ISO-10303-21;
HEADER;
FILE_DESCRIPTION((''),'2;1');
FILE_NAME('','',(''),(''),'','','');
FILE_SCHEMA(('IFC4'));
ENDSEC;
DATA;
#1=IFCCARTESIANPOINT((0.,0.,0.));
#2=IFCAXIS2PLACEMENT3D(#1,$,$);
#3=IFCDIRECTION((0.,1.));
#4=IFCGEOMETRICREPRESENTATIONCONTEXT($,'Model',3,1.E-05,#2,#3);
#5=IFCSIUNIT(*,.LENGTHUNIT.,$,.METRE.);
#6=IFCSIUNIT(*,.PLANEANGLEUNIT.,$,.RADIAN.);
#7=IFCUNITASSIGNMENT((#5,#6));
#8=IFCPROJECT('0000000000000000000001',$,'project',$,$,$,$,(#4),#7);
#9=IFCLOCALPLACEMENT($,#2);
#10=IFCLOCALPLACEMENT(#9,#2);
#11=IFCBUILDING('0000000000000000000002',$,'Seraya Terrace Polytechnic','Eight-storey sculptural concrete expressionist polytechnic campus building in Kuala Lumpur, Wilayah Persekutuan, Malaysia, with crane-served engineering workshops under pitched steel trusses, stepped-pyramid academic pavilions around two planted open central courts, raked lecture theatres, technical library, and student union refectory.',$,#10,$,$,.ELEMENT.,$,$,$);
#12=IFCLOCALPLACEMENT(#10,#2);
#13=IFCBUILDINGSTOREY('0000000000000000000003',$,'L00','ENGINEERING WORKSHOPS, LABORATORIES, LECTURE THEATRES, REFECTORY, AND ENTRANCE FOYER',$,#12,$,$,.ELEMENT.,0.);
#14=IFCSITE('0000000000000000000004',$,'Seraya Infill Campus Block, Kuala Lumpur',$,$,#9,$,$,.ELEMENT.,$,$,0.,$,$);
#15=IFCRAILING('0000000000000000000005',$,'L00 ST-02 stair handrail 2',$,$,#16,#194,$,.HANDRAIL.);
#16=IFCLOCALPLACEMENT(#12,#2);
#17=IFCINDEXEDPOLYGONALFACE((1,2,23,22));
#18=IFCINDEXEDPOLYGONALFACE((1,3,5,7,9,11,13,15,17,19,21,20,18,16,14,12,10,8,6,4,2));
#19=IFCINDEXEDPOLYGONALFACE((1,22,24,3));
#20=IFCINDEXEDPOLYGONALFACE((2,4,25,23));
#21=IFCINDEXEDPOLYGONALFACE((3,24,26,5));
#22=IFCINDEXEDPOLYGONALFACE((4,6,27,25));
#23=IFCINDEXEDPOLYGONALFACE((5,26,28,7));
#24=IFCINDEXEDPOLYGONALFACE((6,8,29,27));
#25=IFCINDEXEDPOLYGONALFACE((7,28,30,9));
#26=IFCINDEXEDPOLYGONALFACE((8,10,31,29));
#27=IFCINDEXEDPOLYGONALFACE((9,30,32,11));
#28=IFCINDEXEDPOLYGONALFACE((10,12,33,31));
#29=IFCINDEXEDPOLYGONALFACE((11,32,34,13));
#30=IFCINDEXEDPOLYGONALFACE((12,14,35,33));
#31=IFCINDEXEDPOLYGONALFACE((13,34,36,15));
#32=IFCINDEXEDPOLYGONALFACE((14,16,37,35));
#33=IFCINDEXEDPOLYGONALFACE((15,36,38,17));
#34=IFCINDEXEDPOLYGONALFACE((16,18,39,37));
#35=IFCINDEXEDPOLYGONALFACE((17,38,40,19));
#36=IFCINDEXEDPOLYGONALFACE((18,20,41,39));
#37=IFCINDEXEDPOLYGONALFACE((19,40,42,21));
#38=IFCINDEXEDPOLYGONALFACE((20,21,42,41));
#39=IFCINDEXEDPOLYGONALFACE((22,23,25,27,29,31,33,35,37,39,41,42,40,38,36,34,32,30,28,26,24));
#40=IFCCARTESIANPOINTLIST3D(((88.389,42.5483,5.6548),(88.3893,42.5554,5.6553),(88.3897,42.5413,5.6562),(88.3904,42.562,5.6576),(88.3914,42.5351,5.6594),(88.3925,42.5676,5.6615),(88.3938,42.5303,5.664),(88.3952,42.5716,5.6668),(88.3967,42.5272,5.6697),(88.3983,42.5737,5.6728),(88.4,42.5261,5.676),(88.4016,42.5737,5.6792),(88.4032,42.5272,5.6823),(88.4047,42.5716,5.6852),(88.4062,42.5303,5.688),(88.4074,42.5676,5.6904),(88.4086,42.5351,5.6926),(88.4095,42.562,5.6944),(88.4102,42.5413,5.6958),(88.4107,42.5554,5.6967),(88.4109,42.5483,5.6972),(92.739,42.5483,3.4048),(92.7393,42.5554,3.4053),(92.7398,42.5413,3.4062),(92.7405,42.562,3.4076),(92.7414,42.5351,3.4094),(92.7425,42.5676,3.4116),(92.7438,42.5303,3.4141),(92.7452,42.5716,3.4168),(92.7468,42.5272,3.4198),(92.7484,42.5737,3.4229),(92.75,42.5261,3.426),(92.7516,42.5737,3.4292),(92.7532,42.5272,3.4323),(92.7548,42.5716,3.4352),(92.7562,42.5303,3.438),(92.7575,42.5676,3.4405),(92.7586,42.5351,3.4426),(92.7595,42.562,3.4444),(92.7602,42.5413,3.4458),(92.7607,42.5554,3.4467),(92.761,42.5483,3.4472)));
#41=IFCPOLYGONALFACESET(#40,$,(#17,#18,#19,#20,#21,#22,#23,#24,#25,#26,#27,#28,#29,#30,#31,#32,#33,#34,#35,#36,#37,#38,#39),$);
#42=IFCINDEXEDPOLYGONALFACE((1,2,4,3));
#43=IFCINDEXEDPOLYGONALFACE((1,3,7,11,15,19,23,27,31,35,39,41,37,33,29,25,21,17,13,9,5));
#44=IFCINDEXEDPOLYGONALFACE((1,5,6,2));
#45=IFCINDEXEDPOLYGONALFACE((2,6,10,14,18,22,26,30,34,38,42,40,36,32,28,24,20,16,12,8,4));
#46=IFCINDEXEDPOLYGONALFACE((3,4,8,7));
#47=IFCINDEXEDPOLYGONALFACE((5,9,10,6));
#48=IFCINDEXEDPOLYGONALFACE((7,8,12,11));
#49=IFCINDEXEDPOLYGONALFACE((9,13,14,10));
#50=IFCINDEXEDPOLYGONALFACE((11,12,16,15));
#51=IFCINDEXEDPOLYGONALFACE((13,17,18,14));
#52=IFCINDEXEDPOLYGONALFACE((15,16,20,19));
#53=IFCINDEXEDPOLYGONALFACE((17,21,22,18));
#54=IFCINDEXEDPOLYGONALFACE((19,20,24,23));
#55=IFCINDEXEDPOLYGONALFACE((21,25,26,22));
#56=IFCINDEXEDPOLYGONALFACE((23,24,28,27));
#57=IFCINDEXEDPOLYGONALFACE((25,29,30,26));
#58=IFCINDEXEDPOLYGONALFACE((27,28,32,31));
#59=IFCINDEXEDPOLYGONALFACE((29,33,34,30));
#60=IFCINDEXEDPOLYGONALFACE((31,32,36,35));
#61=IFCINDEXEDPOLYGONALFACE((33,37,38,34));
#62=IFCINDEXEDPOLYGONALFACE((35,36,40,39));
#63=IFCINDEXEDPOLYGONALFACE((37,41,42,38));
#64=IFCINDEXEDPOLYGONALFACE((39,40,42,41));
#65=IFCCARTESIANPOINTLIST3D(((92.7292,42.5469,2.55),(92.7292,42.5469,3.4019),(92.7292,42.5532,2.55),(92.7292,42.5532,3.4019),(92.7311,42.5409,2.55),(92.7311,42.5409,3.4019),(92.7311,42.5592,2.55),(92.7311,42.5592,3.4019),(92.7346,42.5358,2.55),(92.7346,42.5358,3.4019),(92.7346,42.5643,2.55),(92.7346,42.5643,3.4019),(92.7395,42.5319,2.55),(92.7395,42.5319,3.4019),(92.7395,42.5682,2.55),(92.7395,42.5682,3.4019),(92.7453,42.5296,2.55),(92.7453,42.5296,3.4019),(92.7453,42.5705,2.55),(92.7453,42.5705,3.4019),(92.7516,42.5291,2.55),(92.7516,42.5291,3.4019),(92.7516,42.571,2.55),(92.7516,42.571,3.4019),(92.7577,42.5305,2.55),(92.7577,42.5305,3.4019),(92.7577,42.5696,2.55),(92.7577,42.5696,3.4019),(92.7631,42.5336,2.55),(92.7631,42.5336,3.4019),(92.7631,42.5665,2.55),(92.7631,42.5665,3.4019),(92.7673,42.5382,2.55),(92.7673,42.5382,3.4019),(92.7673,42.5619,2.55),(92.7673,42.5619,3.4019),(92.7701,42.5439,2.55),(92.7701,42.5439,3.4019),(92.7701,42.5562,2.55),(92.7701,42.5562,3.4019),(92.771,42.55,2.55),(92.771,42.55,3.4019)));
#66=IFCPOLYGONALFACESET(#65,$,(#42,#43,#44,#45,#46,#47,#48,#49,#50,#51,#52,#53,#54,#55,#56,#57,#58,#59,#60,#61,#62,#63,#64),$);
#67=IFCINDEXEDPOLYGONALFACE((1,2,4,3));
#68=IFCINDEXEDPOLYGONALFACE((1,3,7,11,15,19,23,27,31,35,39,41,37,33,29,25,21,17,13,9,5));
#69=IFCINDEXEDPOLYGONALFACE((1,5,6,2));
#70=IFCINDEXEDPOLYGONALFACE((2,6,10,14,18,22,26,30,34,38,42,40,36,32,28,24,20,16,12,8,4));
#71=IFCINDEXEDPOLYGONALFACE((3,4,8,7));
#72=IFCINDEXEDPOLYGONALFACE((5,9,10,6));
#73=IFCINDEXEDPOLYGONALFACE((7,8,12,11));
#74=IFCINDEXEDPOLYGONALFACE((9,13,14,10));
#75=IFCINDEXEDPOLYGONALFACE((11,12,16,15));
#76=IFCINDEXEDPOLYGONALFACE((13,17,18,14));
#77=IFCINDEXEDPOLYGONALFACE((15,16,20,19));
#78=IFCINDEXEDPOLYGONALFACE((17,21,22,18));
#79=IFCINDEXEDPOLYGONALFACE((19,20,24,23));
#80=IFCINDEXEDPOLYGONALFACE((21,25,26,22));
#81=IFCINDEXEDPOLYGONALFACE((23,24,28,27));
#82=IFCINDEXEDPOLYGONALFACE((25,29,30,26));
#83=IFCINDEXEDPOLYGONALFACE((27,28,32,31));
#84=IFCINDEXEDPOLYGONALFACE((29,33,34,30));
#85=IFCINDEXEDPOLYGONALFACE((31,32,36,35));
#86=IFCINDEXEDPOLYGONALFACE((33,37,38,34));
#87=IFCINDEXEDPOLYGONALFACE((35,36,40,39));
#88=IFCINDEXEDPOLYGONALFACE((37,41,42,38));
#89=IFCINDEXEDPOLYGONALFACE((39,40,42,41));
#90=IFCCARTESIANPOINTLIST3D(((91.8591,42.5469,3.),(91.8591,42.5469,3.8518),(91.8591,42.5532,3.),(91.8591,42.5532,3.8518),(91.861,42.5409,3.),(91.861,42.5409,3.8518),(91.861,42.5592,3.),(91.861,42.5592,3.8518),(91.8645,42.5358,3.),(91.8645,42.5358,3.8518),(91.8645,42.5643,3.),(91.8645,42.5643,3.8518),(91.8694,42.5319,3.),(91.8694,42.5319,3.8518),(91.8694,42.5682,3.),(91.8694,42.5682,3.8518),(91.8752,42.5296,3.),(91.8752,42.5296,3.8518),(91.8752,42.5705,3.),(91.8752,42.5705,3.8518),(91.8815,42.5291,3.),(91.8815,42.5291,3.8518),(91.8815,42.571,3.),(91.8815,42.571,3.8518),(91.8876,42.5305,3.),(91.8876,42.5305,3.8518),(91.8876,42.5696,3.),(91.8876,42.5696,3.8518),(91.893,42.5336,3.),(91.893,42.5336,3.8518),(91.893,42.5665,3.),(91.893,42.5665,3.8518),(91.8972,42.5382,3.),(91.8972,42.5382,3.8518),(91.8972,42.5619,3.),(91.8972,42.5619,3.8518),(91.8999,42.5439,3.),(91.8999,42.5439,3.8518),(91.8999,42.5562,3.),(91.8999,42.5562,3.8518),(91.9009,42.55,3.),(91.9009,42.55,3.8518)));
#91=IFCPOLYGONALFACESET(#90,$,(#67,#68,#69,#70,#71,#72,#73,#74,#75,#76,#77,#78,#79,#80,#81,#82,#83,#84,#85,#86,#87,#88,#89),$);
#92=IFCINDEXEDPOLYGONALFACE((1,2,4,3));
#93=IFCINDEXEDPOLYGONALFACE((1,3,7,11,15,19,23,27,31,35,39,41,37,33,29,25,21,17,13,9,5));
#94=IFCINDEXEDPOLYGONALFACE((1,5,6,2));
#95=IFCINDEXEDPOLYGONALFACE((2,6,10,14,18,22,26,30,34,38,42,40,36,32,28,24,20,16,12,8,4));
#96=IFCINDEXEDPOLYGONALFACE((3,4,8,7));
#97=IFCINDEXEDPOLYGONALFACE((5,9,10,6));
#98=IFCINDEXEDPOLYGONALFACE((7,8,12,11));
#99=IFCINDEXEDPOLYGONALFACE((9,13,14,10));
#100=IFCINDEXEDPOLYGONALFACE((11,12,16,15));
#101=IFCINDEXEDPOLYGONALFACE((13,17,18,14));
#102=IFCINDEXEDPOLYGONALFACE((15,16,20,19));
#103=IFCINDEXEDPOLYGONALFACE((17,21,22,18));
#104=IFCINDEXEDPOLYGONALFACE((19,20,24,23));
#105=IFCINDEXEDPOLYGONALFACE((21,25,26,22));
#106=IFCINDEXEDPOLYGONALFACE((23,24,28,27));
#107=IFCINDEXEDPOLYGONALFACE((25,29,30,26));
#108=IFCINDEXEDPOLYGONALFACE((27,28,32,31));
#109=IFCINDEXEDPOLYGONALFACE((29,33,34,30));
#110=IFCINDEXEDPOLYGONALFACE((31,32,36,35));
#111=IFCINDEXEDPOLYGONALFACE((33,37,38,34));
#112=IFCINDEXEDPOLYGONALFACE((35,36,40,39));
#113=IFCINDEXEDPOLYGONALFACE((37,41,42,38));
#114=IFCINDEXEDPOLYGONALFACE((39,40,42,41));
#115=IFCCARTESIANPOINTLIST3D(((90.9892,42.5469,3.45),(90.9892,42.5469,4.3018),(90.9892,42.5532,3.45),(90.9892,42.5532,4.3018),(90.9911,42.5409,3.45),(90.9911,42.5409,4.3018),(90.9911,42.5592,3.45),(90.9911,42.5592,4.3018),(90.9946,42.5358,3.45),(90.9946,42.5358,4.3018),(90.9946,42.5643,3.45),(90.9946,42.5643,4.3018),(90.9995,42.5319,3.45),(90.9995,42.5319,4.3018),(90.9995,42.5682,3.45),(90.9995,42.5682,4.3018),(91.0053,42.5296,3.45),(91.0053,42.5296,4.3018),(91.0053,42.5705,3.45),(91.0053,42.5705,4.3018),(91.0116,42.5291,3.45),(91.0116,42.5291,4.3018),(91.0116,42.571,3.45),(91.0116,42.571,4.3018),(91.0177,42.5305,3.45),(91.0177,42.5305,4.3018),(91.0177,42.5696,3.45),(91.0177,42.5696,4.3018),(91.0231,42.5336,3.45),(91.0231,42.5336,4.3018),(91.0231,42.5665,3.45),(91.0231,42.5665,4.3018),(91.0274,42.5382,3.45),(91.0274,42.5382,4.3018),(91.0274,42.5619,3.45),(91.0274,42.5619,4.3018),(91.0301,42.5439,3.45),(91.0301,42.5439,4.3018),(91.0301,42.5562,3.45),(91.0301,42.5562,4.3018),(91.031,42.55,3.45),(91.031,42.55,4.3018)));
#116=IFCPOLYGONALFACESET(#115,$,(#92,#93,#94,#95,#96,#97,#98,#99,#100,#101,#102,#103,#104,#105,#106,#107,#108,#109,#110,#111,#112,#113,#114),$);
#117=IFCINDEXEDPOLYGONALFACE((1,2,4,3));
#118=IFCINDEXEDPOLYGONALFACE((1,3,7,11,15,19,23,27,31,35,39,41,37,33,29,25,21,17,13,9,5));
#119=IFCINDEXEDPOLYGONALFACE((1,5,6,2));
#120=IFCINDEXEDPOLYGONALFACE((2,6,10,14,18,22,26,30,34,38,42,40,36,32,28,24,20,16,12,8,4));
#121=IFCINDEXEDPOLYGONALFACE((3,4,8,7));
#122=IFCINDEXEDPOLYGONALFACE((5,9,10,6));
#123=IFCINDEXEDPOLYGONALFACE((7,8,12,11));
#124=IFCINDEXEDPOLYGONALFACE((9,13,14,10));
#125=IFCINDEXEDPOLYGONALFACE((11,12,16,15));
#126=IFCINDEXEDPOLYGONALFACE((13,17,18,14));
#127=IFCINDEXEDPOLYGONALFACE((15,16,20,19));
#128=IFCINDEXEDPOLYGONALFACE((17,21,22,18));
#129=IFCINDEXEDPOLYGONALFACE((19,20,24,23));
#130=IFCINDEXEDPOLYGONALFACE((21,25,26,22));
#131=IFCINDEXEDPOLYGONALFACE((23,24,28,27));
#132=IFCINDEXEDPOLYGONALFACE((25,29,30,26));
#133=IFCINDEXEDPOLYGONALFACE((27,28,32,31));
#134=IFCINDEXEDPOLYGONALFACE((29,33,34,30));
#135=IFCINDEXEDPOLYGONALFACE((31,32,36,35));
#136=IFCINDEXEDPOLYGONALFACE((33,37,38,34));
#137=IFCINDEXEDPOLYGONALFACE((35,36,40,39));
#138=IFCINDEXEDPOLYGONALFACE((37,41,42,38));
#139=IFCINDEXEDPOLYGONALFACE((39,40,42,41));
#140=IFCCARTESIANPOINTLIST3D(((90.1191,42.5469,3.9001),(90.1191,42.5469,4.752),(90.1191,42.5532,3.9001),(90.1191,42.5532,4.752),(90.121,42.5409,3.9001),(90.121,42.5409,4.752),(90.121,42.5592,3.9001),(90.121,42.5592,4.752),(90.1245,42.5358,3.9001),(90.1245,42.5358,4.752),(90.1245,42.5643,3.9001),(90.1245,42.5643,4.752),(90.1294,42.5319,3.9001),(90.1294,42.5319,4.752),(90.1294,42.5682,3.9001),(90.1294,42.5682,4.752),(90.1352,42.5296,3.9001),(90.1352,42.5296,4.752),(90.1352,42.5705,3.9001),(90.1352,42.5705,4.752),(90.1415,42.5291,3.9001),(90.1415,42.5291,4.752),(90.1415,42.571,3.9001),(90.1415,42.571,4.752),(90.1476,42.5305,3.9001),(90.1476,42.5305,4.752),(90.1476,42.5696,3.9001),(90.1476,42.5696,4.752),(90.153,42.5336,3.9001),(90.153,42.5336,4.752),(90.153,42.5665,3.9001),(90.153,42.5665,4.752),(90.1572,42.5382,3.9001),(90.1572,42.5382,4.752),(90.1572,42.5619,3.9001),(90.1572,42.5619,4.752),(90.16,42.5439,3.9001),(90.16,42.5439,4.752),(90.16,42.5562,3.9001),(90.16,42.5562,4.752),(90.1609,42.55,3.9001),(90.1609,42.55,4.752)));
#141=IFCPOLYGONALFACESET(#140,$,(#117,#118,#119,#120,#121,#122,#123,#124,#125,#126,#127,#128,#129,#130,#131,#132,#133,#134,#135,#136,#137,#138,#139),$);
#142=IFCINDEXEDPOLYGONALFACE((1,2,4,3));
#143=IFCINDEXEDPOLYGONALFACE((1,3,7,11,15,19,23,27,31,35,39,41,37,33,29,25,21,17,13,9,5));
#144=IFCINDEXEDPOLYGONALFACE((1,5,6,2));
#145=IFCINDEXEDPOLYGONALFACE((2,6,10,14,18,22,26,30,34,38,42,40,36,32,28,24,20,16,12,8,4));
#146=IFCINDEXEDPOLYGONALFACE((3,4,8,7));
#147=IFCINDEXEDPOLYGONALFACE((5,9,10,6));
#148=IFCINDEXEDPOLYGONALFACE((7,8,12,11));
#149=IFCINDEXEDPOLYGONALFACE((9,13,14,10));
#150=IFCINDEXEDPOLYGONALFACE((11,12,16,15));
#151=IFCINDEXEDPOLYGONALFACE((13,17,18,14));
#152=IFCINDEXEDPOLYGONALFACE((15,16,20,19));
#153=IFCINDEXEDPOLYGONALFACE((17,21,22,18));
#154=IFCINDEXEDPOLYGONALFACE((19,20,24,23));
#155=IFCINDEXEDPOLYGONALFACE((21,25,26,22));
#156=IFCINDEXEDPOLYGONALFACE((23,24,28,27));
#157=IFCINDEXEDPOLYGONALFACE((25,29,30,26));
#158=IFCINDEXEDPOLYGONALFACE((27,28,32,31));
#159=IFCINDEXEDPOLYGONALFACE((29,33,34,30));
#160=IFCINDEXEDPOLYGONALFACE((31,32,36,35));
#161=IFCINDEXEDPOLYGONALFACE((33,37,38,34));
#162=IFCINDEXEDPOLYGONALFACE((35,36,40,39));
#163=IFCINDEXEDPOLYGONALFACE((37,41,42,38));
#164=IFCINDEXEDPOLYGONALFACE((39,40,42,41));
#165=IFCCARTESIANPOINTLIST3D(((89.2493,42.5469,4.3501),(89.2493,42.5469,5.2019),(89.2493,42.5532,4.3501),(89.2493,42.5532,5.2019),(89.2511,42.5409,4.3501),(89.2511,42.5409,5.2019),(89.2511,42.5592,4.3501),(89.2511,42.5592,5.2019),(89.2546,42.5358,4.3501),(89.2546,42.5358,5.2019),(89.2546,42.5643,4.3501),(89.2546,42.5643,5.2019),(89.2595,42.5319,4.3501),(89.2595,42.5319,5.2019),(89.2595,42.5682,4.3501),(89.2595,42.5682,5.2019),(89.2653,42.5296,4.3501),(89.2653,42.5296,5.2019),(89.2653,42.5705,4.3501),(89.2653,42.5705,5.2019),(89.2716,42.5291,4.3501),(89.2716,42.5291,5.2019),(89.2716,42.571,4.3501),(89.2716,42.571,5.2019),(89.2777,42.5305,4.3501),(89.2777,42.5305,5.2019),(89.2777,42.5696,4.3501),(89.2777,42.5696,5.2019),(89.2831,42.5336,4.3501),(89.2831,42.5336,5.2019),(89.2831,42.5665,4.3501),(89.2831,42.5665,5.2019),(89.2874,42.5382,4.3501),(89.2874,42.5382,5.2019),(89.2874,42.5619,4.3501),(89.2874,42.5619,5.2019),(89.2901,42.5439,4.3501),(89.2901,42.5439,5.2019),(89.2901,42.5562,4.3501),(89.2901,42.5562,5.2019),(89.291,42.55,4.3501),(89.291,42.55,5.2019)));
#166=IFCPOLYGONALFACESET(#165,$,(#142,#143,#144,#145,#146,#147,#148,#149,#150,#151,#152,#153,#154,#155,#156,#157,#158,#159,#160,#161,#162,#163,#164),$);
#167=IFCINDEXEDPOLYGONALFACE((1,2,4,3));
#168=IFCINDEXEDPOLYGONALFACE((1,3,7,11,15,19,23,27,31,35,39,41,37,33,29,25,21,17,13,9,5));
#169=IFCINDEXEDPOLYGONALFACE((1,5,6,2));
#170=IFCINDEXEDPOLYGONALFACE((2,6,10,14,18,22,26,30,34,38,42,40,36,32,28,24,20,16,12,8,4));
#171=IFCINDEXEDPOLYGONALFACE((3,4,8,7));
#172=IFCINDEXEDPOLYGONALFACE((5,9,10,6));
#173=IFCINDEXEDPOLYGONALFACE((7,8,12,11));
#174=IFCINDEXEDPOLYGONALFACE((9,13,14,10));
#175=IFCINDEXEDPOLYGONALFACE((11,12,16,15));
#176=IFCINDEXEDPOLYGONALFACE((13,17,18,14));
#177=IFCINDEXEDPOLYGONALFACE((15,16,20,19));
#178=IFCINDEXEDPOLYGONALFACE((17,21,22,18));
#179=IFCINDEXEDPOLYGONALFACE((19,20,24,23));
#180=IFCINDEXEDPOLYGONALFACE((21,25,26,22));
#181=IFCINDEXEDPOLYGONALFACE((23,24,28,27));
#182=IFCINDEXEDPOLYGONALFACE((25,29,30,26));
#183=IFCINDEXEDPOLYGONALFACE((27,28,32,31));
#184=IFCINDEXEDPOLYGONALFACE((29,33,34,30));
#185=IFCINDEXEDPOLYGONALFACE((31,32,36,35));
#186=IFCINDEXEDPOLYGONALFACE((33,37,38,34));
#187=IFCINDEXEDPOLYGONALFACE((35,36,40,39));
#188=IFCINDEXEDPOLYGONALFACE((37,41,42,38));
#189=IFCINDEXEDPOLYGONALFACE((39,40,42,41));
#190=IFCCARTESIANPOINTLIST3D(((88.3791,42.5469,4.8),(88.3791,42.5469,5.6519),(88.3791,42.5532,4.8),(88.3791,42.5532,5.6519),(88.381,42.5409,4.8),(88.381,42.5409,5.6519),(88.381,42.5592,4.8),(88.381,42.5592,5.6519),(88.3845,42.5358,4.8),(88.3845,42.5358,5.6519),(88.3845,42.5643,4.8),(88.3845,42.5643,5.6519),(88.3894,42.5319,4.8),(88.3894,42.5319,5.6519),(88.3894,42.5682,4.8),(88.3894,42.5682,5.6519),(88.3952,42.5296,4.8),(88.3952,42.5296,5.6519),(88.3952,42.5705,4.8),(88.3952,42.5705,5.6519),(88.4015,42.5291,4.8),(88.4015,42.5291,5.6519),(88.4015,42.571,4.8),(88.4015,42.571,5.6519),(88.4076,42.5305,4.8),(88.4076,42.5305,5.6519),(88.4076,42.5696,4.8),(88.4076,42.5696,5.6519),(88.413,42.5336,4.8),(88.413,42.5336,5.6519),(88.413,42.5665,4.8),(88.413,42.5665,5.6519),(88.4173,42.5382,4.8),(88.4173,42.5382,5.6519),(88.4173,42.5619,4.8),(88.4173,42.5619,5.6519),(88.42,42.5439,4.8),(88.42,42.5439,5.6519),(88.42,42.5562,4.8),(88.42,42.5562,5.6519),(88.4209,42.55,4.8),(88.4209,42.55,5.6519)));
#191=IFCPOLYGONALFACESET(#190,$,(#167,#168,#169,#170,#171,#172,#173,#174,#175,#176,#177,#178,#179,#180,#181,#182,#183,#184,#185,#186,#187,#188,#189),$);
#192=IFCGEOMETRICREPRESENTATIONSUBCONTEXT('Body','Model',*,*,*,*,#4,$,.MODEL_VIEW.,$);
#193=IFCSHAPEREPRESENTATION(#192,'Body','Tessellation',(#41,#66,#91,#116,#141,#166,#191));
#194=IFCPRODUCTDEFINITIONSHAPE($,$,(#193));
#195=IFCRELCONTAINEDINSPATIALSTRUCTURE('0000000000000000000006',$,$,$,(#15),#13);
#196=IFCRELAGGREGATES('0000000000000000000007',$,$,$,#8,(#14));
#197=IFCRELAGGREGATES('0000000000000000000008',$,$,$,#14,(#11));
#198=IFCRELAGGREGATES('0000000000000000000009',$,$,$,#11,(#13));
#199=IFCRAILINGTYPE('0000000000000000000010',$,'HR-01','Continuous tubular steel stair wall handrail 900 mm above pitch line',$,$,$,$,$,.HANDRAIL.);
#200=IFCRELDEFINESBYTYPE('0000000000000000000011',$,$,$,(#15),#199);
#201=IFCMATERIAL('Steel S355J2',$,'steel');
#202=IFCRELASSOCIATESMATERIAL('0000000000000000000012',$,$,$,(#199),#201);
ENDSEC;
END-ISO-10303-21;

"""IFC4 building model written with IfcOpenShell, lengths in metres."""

from ifc_helpers import new_model, si_unit, direction, frame, origin, origin_2d, place, context, subcontext, project, spatial, circle, extrude, material, type_object, element, save


model = new_model("IFC4")

# Units and contexts
model_context = context("Model", 3, precision=1e-05, world=origin(), true_north=direction((0.0, 1.0)))
body_context = subcontext(model_context, "Body", "Model", "MODEL_VIEW")
ifc_project = project(units=[si_unit("LENGTHUNIT", "METRE"), si_unit("PLANEANGLEUNIT", "RADIAN")], contexts=[model_context])

# Site, building, storey
site_placement = place(None, origin())
site = spatial("IfcSite", under=ifc_project, at=site_placement, Name="Seraya Infill Campus Block, Kuala Lumpur", CompositionType="ELEMENT", RefElevation=0.0)
building_placement = place(site_placement, origin())
building = spatial("IfcBuilding", under=site, at=building_placement, Name="Seraya Terrace Polytechnic", Description="Eight-storey sculptural concrete expressionist polytechnic campus building in Kuala Lumpur, Wilayah Persekutuan, Malaysia, with crane-served engineering workshops under pitched steel trusses, stepped-pyramid academic pavilions around two planted open central courts, raked lecture theatres, technical library, and student union refectory.", CompositionType="ELEMENT")
storey_placement = place(building_placement, origin())
storey = spatial("IfcBuildingStorey", under=building, at=storey_placement, Name="L00", Description="ENGINEERING WORKSHOPS, LABORATORIES, LECTURE THEATRES, REFECTORY, AND ENTRANCE FOYER", CompositionType="ELEMENT", Elevation=0.0)

# Shared definitions
ifc_material_1 = material(Name="Steel S355J2", Category="steel")

# Railing
railing_type_1 = type_object("IfcRailingType", Name="HR-01", Description="Continuous tubular steel stair wall handrail 900 mm above pitch line", PredefinedType="HANDRAIL", material=ifc_material_1)
railing_1_placement = place(storey_placement, frame((92.75, 42.55, 2.55)))
element("IfcRailing", 1, at=railing_1_placement, inside=storey, type_object=railing_type_1, Name="L00 ST-02 stair handrail 2", PredefinedType="HANDRAIL", context=body_context, shape_type="SweptSolid", body=[
    extrude(circle(Radius=0.0239, at=origin_2d()), frame((0.0, 0.0, 0.876), z_axis=(-0.888222, 0.0, 0.459415), x_axis=(0.0, -1.0, 0.0)), (0.0, 0.0, 1.0), 4.8975),
    extrude(circle(Radius=0.021, at=origin_2d()), origin(), (0.0, 0.0, 1.0), 0.8518),
    extrude(circle(Radius=0.021, at=origin_2d()), frame((-0.8701, 0.0, 0.45)), (0.0, 0.0, 1.0), 0.8518),
    extrude(circle(Radius=0.021, at=origin_2d()), frame((-1.74, 0.0, 0.8999)), (0.0, 0.0, 1.0), 0.8518),
    extrude(circle(Radius=0.021, at=origin_2d()), frame((-2.6101, 0.0, 1.3501)), (0.0, 0.0, 1.0), 0.8518),
    extrude(circle(Radius=0.021, at=origin_2d()), frame((-3.48, 0.0, 1.8)), (0.0, 0.0, 1.0), 0.8518),
    extrude(circle(Radius=0.021, at=origin_2d()), frame((-4.3501, 0.0, 2.25)), (0.0, 0.0, 1.0), 0.8518),
])

save(model, "model.ifc")
